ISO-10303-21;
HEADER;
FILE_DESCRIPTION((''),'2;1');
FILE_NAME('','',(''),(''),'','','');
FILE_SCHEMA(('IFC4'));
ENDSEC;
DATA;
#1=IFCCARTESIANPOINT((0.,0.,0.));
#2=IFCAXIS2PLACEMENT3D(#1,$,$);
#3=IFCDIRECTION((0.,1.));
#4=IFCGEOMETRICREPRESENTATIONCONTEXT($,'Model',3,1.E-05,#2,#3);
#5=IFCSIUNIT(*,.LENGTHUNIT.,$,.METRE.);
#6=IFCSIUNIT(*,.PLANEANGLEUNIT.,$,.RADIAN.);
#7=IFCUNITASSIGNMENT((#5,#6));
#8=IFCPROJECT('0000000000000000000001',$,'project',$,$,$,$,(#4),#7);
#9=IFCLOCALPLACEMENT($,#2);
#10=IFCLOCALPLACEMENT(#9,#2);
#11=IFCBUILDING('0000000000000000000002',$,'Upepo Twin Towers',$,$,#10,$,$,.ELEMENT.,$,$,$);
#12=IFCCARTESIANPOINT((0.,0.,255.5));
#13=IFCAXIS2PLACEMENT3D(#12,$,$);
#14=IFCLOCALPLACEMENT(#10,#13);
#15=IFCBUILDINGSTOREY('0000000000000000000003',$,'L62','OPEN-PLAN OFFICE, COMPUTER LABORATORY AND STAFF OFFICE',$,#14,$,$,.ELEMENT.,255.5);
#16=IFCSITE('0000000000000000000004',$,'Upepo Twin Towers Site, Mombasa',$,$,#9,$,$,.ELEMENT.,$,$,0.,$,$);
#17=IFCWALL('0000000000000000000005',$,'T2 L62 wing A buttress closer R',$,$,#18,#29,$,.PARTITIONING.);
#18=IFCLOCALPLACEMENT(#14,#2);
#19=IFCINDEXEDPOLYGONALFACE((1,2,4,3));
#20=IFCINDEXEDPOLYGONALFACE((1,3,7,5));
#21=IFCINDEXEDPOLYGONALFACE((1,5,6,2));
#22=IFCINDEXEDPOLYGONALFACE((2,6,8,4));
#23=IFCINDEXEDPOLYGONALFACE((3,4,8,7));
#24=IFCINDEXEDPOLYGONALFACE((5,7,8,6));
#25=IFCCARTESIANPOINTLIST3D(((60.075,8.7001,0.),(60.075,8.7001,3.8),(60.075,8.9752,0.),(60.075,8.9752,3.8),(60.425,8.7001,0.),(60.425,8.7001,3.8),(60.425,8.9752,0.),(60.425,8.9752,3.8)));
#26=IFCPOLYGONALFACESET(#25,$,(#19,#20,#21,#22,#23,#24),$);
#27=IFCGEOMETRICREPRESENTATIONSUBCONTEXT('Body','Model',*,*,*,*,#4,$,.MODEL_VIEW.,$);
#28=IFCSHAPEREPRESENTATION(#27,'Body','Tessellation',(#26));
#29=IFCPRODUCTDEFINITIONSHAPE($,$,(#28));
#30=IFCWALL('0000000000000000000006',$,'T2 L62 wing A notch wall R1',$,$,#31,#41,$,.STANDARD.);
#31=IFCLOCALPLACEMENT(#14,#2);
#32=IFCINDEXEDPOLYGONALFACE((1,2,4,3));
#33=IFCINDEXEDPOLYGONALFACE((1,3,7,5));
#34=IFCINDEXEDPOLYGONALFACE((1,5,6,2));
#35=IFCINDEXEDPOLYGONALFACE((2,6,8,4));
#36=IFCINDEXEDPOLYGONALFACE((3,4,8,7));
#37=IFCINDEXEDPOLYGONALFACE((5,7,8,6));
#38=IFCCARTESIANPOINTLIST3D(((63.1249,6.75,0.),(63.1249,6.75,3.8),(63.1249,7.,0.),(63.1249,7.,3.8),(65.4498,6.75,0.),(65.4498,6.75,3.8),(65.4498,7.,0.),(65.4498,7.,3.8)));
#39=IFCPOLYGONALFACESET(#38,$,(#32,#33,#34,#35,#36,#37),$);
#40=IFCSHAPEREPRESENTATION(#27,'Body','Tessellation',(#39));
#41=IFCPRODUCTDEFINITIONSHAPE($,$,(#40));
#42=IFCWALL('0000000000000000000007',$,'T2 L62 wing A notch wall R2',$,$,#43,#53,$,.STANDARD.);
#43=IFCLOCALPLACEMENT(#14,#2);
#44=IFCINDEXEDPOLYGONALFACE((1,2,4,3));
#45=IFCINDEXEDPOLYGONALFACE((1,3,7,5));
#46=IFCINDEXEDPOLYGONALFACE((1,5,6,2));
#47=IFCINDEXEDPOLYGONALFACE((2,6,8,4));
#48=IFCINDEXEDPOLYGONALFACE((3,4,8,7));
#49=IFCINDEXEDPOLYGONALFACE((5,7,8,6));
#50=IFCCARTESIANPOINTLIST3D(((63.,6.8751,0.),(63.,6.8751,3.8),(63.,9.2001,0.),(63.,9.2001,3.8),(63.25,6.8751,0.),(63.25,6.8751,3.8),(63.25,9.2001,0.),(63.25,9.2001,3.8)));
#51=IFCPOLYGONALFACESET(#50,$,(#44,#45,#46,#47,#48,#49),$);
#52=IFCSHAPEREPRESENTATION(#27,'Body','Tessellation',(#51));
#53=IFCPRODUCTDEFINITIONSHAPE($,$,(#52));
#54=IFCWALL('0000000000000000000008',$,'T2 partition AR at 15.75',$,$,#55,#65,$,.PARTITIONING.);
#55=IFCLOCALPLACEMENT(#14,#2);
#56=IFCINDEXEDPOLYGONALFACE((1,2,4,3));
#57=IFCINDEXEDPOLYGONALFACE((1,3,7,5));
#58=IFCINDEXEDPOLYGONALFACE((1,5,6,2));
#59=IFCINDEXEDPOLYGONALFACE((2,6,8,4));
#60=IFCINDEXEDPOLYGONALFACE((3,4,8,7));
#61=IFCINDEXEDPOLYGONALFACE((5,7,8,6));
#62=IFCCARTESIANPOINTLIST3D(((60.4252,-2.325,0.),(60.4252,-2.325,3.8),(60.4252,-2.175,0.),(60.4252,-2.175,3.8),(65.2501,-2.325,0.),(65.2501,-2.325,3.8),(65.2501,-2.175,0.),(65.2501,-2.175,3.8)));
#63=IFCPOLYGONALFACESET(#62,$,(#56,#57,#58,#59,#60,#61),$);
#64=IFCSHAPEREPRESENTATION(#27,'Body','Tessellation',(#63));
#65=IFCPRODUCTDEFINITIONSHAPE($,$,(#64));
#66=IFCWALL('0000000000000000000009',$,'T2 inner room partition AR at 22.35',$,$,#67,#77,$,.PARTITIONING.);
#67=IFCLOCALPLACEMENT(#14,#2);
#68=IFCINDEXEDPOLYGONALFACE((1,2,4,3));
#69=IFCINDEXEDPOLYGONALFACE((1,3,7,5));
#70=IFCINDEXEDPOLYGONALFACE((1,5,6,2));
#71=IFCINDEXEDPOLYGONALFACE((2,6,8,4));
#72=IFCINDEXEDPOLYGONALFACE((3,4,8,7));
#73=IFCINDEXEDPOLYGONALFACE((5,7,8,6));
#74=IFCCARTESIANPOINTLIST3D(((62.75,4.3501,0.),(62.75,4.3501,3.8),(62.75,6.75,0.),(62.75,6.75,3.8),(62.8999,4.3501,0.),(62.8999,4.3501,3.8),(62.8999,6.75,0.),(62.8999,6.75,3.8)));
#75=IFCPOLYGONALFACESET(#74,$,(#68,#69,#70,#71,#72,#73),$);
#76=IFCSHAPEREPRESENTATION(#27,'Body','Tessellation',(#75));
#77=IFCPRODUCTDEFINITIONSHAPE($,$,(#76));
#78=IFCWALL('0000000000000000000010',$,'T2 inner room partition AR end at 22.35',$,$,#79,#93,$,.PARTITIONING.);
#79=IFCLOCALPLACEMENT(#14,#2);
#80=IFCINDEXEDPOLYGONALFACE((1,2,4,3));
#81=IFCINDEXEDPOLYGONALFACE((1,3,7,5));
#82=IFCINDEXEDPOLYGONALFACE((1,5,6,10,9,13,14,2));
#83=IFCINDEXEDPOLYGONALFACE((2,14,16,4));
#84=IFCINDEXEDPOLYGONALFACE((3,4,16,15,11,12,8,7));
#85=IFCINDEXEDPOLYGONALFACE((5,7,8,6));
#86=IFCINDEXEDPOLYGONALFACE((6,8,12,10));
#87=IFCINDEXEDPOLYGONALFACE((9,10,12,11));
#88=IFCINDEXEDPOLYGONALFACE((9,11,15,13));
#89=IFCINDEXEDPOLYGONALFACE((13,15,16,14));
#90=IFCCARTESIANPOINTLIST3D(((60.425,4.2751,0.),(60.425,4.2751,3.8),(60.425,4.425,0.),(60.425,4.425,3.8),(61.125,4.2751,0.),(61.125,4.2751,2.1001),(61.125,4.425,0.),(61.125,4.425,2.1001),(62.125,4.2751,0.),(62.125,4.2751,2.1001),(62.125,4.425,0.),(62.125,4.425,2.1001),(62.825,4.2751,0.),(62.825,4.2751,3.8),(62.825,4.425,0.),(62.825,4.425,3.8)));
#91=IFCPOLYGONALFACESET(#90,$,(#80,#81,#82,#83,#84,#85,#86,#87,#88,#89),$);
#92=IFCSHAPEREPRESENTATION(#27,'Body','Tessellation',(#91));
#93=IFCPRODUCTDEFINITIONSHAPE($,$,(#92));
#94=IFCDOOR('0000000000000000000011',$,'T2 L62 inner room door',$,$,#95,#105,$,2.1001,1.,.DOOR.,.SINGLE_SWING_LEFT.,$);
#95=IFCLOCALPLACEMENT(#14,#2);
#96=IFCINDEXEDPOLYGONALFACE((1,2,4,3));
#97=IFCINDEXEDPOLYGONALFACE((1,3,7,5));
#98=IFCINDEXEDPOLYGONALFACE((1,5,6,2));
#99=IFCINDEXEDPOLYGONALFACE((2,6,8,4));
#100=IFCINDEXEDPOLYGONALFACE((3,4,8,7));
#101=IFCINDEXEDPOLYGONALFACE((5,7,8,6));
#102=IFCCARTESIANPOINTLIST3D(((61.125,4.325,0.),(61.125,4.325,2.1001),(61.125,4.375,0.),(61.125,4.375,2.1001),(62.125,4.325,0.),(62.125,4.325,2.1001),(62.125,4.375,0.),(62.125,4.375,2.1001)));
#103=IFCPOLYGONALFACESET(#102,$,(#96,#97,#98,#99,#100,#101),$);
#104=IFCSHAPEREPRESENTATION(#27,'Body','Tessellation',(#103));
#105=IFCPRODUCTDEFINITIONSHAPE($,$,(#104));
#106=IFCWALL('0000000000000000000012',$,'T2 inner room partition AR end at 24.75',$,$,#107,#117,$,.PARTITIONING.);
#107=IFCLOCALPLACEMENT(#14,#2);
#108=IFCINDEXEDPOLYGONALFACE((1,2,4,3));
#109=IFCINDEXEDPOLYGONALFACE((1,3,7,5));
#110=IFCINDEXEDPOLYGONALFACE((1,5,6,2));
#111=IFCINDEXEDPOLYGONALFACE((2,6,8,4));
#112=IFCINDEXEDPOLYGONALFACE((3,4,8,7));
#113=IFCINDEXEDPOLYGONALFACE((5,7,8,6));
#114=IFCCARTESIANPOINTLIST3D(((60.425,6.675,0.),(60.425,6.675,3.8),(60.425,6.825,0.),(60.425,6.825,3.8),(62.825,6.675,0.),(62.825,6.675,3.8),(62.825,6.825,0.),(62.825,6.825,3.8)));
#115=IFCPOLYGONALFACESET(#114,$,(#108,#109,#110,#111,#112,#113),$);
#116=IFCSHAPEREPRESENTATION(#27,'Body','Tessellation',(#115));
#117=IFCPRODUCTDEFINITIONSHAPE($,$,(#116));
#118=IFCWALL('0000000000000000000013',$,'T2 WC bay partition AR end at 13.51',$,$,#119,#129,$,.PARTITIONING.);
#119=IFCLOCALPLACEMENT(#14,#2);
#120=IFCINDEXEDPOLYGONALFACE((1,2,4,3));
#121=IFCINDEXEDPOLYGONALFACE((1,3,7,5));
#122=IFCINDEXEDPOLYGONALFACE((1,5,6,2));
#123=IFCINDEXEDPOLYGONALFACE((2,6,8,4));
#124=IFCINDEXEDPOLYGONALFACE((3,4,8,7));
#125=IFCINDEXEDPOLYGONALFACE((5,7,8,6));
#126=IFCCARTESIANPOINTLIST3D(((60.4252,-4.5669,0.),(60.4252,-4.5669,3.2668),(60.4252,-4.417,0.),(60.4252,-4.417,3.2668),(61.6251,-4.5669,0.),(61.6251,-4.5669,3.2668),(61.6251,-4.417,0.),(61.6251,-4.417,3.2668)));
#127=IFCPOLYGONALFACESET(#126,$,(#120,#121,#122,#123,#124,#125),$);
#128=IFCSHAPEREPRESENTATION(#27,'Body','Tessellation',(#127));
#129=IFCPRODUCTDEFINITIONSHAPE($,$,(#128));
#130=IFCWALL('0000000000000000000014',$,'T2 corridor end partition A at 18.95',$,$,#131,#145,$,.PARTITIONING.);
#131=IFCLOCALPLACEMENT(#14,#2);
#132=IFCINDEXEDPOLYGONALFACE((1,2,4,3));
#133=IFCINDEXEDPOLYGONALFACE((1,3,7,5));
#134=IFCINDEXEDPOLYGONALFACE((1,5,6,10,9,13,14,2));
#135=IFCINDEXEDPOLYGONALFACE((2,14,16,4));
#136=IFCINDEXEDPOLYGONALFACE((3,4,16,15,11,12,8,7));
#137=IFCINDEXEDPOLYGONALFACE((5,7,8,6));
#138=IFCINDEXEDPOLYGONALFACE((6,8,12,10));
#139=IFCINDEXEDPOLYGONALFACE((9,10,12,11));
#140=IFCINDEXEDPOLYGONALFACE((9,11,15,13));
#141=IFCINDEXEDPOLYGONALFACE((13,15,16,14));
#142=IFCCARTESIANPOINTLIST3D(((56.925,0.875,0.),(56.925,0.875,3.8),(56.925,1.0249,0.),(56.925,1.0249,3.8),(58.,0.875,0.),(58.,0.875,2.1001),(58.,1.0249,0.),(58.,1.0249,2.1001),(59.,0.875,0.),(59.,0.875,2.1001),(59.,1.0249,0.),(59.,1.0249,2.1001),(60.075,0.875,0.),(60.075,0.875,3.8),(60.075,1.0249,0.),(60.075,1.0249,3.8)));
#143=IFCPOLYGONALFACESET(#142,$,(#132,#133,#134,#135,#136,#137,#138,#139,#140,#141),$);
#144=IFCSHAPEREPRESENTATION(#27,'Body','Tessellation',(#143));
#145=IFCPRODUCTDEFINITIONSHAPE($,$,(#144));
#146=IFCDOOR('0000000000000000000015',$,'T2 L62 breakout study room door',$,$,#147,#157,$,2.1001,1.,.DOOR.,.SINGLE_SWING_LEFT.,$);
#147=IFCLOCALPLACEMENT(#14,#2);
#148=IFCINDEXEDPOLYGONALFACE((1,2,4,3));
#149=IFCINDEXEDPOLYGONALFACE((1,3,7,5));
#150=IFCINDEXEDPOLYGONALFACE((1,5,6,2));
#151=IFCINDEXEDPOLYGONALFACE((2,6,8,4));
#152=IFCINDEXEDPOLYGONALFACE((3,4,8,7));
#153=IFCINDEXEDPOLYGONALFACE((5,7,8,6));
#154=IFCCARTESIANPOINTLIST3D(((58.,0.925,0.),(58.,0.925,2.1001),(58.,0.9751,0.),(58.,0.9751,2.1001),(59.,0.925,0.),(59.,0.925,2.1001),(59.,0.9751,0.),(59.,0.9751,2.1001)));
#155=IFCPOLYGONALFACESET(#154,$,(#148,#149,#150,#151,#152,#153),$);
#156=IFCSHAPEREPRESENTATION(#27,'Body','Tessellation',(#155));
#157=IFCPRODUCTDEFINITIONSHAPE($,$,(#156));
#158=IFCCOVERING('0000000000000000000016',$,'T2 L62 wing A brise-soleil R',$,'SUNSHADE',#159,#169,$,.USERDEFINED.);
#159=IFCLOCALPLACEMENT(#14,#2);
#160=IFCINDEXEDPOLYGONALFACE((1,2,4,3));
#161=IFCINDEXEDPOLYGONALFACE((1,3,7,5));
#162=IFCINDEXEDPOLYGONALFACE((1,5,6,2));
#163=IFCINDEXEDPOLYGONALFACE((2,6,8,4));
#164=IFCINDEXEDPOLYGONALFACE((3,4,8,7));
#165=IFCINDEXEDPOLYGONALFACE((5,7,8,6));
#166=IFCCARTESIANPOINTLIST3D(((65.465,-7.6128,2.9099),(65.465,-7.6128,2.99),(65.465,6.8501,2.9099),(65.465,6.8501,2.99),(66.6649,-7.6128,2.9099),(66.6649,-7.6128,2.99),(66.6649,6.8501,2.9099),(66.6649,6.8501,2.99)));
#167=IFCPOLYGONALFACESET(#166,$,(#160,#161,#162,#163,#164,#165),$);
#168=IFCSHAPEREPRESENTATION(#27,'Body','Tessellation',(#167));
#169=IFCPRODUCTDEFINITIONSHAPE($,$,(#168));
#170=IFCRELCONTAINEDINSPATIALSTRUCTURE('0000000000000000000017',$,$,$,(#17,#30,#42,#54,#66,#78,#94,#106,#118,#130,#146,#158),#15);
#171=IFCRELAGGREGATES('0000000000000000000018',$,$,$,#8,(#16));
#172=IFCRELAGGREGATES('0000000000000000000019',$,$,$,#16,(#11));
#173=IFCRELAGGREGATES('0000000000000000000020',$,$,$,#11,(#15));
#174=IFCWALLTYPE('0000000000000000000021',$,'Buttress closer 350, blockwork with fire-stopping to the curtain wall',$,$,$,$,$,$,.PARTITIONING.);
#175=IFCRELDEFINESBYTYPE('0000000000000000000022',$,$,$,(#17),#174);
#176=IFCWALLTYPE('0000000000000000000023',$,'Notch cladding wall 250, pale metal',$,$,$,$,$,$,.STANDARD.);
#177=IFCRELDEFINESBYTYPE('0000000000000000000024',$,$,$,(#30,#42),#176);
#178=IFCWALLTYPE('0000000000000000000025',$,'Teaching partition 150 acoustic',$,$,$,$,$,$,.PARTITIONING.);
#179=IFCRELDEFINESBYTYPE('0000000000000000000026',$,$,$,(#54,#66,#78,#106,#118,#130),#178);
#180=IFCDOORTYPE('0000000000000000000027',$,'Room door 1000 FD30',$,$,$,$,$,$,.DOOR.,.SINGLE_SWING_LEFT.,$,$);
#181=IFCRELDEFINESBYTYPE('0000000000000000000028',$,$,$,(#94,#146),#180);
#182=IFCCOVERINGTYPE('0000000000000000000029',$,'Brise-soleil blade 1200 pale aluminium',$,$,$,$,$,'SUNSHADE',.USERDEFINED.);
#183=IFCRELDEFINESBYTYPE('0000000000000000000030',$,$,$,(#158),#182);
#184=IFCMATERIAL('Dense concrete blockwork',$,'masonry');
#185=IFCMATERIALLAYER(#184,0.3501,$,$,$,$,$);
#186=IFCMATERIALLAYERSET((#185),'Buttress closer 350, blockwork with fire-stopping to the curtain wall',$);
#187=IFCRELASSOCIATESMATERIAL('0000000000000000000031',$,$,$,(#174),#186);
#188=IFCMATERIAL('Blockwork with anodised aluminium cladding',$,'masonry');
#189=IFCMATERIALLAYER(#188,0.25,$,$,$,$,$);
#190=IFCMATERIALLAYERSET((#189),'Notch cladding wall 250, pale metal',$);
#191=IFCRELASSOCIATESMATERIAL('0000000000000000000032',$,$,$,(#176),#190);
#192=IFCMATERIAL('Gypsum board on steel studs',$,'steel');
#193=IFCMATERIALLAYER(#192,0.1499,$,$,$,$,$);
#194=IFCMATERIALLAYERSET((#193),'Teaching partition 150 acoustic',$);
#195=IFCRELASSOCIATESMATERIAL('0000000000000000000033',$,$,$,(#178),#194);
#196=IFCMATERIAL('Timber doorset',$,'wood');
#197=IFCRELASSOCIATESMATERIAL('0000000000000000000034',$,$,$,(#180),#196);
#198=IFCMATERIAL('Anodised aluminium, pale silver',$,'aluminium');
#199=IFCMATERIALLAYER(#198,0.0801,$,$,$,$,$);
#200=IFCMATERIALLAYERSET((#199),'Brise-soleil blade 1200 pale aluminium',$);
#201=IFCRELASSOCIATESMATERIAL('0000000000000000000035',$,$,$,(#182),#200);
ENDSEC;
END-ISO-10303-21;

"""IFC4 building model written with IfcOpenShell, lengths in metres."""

from ifc_helpers import new_model, si_unit, direction, frame, frame_2d, origin, origin_2d, place, context, subcontext, project, spatial, rectangle, extrude, material, layer, layer_set, type_object, element, fill, save


model = new_model("IFC4")

# Units and contexts
model_context = context("Model", 3, precision=1e-05, world=origin(), true_north=direction((0.0, 1.0)))
body_context = subcontext(model_context, "Body", "Model", "MODEL_VIEW")
ifc_project = project(units=[si_unit("LENGTHUNIT", "METRE"), si_unit("PLANEANGLEUNIT", "RADIAN")], contexts=[model_context])

# Site, building, storey
site_placement = place(None, origin())
site = spatial("IfcSite", under=ifc_project, at=site_placement, Name="Upepo Twin Towers Site, Mombasa", CompositionType="ELEMENT", RefElevation=0.0)
building_placement = place(site_placement, origin())
building = spatial("IfcBuilding", under=site, at=building_placement, Name="Upepo Twin Towers", CompositionType="ELEMENT")
storey_placement = place(building_placement, frame((0.0, 0.0, 255.5)))
storey = spatial("IfcBuildingStorey", under=building, at=storey_placement, Name="L62", Description="OPEN-PLAN OFFICE, COMPUTER LABORATORY AND STAFF OFFICE", CompositionType="ELEMENT", Elevation=255.5)

# Walls
ifc_material_1 = material(Name="Dense concrete blockwork", Category="masonry")
ifc_layer_1 = layer(ifc_material_1, 0.3501)
ifc_layer_set_1 = layer_set([ifc_layer_1], Name="Buttress closer 350, blockwork with fire-stopping to the curtain wall")
wall_type_1 = type_object("IfcWallType", Name="Buttress closer 350, blockwork with fire-stopping to the curtain wall", PredefinedType="PARTITIONING", material=ifc_layer_set_1)
wall_1_placement = place(storey_placement, frame((60.25, 8.7, 0.0), z_axis=(0.0, 0.0, 1.0), x_axis=(0.0, 1.0, 0.0)))
element("IfcWall", 1, at=wall_1_placement, inside=storey, type_object=wall_type_1, Name="T2 L62 wing A buttress closer R", PredefinedType="PARTITIONING", context=body_context, shape_type="SweptSolid", body=[
    extrude(rectangle(XDim=0.2751, YDim=0.3501, at=frame_2d((0.1377, 0.0))), origin(), (0.0, 0.0, 1.0), 3.8),
])
ifc_material_2 = material(Name="Blockwork with anodised aluminium cladding", Category="masonry")
ifc_layer_2 = layer(ifc_material_2, 0.25)
ifc_layer_set_2 = layer_set([ifc_layer_2], Name="Notch cladding wall 250, pale metal")
wall_type_2 = type_object("IfcWallType", Name="Notch cladding wall 250, pale metal", PredefinedType="STANDARD", material=ifc_layer_set_2)
for number, where, z_axis, x_axis, name in (
    (2, (65.45, 6.875, 0.0), (0.0, 0.0, 1.0), (-1.0, 0.0, 0.0), "T2 L62 wing A notch wall R1"),
    (3, (63.125, 6.875, 0.0), (0.0, 0.0, 1.0), (0.0, 1.0, 0.0), "T2 L62 wing A notch wall R2"),
):
    element("IfcWall", number, at=place(storey_placement, frame(where, z_axis=z_axis, x_axis=x_axis)), inside=storey, type_object=wall_type_2, Name=name, PredefinedType="STANDARD", context=body_context, shape_type="SweptSolid", body=[
        extrude(rectangle(XDim=2.325, YDim=0.25, at=frame_2d((1.1626, 0.0))), origin(), (0.0, 0.0, 1.0), 3.8),
    ])
ifc_material_3 = material(Name="Gypsum board on steel studs", Category="steel")
ifc_layer_3 = layer(ifc_material_3, 0.1499)
ifc_layer_set_3 = layer_set([ifc_layer_3], Name="Teaching partition 150 acoustic")
wall_type_3 = type_object("IfcWallType", Name="Teaching partition 150 acoustic", PredefinedType="PARTITIONING", material=ifc_layer_set_3)
wall_2_placement = place(storey_placement, frame((60.425, -2.25, 0.0), z_axis=(0.0, 0.0, 1.0), x_axis=(1.0, 0.0, 0.0)))
element("IfcWall", 4, at=wall_2_placement, inside=storey, type_object=wall_type_3, Name="T2 partition AR at 15.75", PredefinedType="PARTITIONING", context=body_context, shape_type="SweptSolid", body=[
    extrude(rectangle(XDim=4.825, YDim=0.1499, at=frame_2d((2.4126, 0.0))), origin(), (0.0, 0.0, 1.0), 3.8),
])
wall_3_placement = place(storey_placement, frame((62.825, 4.3501, 0.0), z_axis=(0.0, 0.0, 1.0), x_axis=(0.0, 1.0, 0.0)))
element("IfcWall", 5, at=wall_3_placement, inside=storey, type_object=wall_type_3, Name="T2 inner room partition AR at 22.35", PredefinedType="PARTITIONING", context=body_context, shape_type="SweptSolid", body=[
    extrude(rectangle(XDim=2.3999, YDim=0.1499, at=frame_2d((1.2, 0.0))), origin(), (0.0, 0.0, 1.0), 3.8),
])

# Wall, opening, door
wall_4_placement = place(storey_placement, frame((60.425, 4.3501, 0.0), z_axis=(0.0, 0.0, 1.0), x_axis=(1.0, 0.0, 0.0)))
wall_4 = element("IfcWall", 6, at=wall_4_placement, inside=storey, type_object=wall_type_3, Name="T2 inner room partition AR end at 22.35", PredefinedType="PARTITIONING", context=body_context, shape_type="SweptSolid", body=[
    extrude(rectangle(XDim=2.3999, YDim=0.1499, at=frame_2d((1.2, 0.0))), origin(), (0.0, 0.0, 1.0), 3.8),
])
opening_1_placement = place(wall_4_placement, frame((0.7, 0.0, 0.0)))
opening_1 = element("IfcOpeningElement", 7, at=opening_1_placement, cuts=wall_4, PredefinedType="OPENING", context=body_context, shape_type="SweptSolid", body=[
    extrude(rectangle(XDim=1.0, YDim=2.1001, at=frame_2d((0.5, 1.05))), frame((0.0, 0.085, 0.0), z_axis=(0.0, -1.0, 0.0), x_axis=(1.0, 0.0, 0.0)), (0.0, 0.0, 1.0), 0.1699),
])
ifc_material_4 = material(Name="Timber doorset", Category="wood")
door_type = type_object("IfcDoorType", Name="Room door 1000 FD30", OperationType="SINGLE_SWING_LEFT", PredefinedType="DOOR", material=ifc_material_4)
door_1_placement = place(opening_1_placement, origin())
door_1 = element("IfcDoor", 8, at=door_1_placement, inside=storey, type_object=door_type, Name="T2 L62 inner room door", OperationType="SINGLE_SWING_LEFT", OverallHeight=2.1001, OverallWidth=1.0, PredefinedType="DOOR", context=body_context, shape_type="SweptSolid", body=[
    extrude(rectangle(XDim=1.0, YDim=2.1001, at=frame_2d((0.5, 1.05))), frame((0.0, 0.0249, 0.0), z_axis=(0.0, -1.0, 0.0), x_axis=(1.0, 0.0, 0.0)), (0.0, 0.0, 1.0), 0.05),
])
fill(opening_1, door_1)

# Walls
wall_5_placement = place(storey_placement, frame((60.425, 6.75, 0.0), z_axis=(0.0, 0.0, 1.0), x_axis=(1.0, 0.0, 0.0)))
element("IfcWall", 9, at=wall_5_placement, inside=storey, type_object=wall_type_3, Name="T2 inner room partition AR end at 24.75", PredefinedType="PARTITIONING", context=body_context, shape_type="SweptSolid", body=[
    extrude(rectangle(XDim=2.3999, YDim=0.1499, at=frame_2d((1.2, 0.0))), origin(), (0.0, 0.0, 1.0), 3.8),
])
wall_6_placement = place(storey_placement, frame((60.425, -4.4919, 0.0), z_axis=(0.0, 0.0, 1.0), x_axis=(1.0, 0.0, 0.0)))
element("IfcWall", 10, at=wall_6_placement, inside=storey, type_object=wall_type_3, Name="T2 WC bay partition AR end at 13.51", PredefinedType="PARTITIONING", context=body_context, shape_type="SweptSolid", body=[
    extrude(rectangle(XDim=1.2, YDim=0.1499, at=frame_2d((0.6001, 0.0))), origin(), (0.0, 0.0, 1.0), 3.2668),
])

# Wall, opening, door
wall_7_placement = place(storey_placement, frame((60.075, 0.95, 0.0), z_axis=(0.0, 0.0, 1.0), x_axis=(-1.0, 0.0, 0.0)))
wall_7 = element("IfcWall", 11, at=wall_7_placement, inside=storey, type_object=wall_type_3, Name="T2 corridor end partition A at 18.95", PredefinedType="PARTITIONING", context=body_context, shape_type="SweptSolid", body=[
    extrude(rectangle(XDim=3.1499, YDim=0.1499, at=frame_2d((1.575, 0.0))), origin(), (0.0, 0.0, 1.0), 3.8),
])
opening_2_placement = place(wall_7_placement, frame((1.075, 0.0, 0.0)))
opening_2 = element("IfcOpeningElement", 12, at=opening_2_placement, cuts=wall_7, PredefinedType="OPENING", context=body_context, shape_type="SweptSolid", body=[
    extrude(rectangle(XDim=1.0, YDim=2.1001, at=frame_2d((0.5, 1.05))), frame((0.0, 0.085, 0.0), z_axis=(0.0, -1.0, 0.0), x_axis=(1.0, 0.0, 0.0)), (0.0, 0.0, 1.0), 0.1699),
])
door_2_placement = place(opening_2_placement, origin())
door_2 = element("IfcDoor", 13, at=door_2_placement, inside=storey, type_object=door_type, Name="T2 L62 breakout study room door", OperationType="SINGLE_SWING_LEFT", OverallHeight=2.1001, OverallWidth=1.0, PredefinedType="DOOR", context=body_context, shape_type="SweptSolid", body=[
    extrude(rectangle(XDim=1.0, YDim=2.1001, at=frame_2d((0.5, 1.05))), frame((0.0, 0.0249, 0.0), z_axis=(0.0, -1.0, 0.0), x_axis=(1.0, 0.0, 0.0)), (0.0, 0.0, 1.0), 0.05),
])
fill(opening_2, door_2)

# Covering
ifc_material_5 = material(Name="Anodised aluminium, pale silver", Category="aluminium")
ifc_layer_4 = layer(ifc_material_5, 0.0801)
ifc_layer_set_4 = layer_set([ifc_layer_4], Name="Brise-soleil blade 1200 pale aluminium")
covering_type = type_object("IfcCoveringType", Name="Brise-soleil blade 1200 pale aluminium", ElementType="SUNSHADE", PredefinedType="USERDEFINED", material=ifc_layer_set_4)
covering_placement = place(storey_placement, frame((66.0649, -0.3813, 2.9099), z_axis=(0.0, 0.0, 1.0), x_axis=(0.0, 1.0, 0.0)))
element("IfcCovering", 14, at=covering_placement, inside=storey, type_object=covering_type, Name="T2 L62 wing A brise-soleil R", ObjectType="SUNSHADE", PredefinedType="USERDEFINED", context=body_context, shape_type="SweptSolid", body=[
    extrude(rectangle(XDim=14.4629, YDim=1.2, at=origin_2d()), origin(), (0.0, 0.0, 1.0), 0.0801),
])

save(model, "model.ifc")
